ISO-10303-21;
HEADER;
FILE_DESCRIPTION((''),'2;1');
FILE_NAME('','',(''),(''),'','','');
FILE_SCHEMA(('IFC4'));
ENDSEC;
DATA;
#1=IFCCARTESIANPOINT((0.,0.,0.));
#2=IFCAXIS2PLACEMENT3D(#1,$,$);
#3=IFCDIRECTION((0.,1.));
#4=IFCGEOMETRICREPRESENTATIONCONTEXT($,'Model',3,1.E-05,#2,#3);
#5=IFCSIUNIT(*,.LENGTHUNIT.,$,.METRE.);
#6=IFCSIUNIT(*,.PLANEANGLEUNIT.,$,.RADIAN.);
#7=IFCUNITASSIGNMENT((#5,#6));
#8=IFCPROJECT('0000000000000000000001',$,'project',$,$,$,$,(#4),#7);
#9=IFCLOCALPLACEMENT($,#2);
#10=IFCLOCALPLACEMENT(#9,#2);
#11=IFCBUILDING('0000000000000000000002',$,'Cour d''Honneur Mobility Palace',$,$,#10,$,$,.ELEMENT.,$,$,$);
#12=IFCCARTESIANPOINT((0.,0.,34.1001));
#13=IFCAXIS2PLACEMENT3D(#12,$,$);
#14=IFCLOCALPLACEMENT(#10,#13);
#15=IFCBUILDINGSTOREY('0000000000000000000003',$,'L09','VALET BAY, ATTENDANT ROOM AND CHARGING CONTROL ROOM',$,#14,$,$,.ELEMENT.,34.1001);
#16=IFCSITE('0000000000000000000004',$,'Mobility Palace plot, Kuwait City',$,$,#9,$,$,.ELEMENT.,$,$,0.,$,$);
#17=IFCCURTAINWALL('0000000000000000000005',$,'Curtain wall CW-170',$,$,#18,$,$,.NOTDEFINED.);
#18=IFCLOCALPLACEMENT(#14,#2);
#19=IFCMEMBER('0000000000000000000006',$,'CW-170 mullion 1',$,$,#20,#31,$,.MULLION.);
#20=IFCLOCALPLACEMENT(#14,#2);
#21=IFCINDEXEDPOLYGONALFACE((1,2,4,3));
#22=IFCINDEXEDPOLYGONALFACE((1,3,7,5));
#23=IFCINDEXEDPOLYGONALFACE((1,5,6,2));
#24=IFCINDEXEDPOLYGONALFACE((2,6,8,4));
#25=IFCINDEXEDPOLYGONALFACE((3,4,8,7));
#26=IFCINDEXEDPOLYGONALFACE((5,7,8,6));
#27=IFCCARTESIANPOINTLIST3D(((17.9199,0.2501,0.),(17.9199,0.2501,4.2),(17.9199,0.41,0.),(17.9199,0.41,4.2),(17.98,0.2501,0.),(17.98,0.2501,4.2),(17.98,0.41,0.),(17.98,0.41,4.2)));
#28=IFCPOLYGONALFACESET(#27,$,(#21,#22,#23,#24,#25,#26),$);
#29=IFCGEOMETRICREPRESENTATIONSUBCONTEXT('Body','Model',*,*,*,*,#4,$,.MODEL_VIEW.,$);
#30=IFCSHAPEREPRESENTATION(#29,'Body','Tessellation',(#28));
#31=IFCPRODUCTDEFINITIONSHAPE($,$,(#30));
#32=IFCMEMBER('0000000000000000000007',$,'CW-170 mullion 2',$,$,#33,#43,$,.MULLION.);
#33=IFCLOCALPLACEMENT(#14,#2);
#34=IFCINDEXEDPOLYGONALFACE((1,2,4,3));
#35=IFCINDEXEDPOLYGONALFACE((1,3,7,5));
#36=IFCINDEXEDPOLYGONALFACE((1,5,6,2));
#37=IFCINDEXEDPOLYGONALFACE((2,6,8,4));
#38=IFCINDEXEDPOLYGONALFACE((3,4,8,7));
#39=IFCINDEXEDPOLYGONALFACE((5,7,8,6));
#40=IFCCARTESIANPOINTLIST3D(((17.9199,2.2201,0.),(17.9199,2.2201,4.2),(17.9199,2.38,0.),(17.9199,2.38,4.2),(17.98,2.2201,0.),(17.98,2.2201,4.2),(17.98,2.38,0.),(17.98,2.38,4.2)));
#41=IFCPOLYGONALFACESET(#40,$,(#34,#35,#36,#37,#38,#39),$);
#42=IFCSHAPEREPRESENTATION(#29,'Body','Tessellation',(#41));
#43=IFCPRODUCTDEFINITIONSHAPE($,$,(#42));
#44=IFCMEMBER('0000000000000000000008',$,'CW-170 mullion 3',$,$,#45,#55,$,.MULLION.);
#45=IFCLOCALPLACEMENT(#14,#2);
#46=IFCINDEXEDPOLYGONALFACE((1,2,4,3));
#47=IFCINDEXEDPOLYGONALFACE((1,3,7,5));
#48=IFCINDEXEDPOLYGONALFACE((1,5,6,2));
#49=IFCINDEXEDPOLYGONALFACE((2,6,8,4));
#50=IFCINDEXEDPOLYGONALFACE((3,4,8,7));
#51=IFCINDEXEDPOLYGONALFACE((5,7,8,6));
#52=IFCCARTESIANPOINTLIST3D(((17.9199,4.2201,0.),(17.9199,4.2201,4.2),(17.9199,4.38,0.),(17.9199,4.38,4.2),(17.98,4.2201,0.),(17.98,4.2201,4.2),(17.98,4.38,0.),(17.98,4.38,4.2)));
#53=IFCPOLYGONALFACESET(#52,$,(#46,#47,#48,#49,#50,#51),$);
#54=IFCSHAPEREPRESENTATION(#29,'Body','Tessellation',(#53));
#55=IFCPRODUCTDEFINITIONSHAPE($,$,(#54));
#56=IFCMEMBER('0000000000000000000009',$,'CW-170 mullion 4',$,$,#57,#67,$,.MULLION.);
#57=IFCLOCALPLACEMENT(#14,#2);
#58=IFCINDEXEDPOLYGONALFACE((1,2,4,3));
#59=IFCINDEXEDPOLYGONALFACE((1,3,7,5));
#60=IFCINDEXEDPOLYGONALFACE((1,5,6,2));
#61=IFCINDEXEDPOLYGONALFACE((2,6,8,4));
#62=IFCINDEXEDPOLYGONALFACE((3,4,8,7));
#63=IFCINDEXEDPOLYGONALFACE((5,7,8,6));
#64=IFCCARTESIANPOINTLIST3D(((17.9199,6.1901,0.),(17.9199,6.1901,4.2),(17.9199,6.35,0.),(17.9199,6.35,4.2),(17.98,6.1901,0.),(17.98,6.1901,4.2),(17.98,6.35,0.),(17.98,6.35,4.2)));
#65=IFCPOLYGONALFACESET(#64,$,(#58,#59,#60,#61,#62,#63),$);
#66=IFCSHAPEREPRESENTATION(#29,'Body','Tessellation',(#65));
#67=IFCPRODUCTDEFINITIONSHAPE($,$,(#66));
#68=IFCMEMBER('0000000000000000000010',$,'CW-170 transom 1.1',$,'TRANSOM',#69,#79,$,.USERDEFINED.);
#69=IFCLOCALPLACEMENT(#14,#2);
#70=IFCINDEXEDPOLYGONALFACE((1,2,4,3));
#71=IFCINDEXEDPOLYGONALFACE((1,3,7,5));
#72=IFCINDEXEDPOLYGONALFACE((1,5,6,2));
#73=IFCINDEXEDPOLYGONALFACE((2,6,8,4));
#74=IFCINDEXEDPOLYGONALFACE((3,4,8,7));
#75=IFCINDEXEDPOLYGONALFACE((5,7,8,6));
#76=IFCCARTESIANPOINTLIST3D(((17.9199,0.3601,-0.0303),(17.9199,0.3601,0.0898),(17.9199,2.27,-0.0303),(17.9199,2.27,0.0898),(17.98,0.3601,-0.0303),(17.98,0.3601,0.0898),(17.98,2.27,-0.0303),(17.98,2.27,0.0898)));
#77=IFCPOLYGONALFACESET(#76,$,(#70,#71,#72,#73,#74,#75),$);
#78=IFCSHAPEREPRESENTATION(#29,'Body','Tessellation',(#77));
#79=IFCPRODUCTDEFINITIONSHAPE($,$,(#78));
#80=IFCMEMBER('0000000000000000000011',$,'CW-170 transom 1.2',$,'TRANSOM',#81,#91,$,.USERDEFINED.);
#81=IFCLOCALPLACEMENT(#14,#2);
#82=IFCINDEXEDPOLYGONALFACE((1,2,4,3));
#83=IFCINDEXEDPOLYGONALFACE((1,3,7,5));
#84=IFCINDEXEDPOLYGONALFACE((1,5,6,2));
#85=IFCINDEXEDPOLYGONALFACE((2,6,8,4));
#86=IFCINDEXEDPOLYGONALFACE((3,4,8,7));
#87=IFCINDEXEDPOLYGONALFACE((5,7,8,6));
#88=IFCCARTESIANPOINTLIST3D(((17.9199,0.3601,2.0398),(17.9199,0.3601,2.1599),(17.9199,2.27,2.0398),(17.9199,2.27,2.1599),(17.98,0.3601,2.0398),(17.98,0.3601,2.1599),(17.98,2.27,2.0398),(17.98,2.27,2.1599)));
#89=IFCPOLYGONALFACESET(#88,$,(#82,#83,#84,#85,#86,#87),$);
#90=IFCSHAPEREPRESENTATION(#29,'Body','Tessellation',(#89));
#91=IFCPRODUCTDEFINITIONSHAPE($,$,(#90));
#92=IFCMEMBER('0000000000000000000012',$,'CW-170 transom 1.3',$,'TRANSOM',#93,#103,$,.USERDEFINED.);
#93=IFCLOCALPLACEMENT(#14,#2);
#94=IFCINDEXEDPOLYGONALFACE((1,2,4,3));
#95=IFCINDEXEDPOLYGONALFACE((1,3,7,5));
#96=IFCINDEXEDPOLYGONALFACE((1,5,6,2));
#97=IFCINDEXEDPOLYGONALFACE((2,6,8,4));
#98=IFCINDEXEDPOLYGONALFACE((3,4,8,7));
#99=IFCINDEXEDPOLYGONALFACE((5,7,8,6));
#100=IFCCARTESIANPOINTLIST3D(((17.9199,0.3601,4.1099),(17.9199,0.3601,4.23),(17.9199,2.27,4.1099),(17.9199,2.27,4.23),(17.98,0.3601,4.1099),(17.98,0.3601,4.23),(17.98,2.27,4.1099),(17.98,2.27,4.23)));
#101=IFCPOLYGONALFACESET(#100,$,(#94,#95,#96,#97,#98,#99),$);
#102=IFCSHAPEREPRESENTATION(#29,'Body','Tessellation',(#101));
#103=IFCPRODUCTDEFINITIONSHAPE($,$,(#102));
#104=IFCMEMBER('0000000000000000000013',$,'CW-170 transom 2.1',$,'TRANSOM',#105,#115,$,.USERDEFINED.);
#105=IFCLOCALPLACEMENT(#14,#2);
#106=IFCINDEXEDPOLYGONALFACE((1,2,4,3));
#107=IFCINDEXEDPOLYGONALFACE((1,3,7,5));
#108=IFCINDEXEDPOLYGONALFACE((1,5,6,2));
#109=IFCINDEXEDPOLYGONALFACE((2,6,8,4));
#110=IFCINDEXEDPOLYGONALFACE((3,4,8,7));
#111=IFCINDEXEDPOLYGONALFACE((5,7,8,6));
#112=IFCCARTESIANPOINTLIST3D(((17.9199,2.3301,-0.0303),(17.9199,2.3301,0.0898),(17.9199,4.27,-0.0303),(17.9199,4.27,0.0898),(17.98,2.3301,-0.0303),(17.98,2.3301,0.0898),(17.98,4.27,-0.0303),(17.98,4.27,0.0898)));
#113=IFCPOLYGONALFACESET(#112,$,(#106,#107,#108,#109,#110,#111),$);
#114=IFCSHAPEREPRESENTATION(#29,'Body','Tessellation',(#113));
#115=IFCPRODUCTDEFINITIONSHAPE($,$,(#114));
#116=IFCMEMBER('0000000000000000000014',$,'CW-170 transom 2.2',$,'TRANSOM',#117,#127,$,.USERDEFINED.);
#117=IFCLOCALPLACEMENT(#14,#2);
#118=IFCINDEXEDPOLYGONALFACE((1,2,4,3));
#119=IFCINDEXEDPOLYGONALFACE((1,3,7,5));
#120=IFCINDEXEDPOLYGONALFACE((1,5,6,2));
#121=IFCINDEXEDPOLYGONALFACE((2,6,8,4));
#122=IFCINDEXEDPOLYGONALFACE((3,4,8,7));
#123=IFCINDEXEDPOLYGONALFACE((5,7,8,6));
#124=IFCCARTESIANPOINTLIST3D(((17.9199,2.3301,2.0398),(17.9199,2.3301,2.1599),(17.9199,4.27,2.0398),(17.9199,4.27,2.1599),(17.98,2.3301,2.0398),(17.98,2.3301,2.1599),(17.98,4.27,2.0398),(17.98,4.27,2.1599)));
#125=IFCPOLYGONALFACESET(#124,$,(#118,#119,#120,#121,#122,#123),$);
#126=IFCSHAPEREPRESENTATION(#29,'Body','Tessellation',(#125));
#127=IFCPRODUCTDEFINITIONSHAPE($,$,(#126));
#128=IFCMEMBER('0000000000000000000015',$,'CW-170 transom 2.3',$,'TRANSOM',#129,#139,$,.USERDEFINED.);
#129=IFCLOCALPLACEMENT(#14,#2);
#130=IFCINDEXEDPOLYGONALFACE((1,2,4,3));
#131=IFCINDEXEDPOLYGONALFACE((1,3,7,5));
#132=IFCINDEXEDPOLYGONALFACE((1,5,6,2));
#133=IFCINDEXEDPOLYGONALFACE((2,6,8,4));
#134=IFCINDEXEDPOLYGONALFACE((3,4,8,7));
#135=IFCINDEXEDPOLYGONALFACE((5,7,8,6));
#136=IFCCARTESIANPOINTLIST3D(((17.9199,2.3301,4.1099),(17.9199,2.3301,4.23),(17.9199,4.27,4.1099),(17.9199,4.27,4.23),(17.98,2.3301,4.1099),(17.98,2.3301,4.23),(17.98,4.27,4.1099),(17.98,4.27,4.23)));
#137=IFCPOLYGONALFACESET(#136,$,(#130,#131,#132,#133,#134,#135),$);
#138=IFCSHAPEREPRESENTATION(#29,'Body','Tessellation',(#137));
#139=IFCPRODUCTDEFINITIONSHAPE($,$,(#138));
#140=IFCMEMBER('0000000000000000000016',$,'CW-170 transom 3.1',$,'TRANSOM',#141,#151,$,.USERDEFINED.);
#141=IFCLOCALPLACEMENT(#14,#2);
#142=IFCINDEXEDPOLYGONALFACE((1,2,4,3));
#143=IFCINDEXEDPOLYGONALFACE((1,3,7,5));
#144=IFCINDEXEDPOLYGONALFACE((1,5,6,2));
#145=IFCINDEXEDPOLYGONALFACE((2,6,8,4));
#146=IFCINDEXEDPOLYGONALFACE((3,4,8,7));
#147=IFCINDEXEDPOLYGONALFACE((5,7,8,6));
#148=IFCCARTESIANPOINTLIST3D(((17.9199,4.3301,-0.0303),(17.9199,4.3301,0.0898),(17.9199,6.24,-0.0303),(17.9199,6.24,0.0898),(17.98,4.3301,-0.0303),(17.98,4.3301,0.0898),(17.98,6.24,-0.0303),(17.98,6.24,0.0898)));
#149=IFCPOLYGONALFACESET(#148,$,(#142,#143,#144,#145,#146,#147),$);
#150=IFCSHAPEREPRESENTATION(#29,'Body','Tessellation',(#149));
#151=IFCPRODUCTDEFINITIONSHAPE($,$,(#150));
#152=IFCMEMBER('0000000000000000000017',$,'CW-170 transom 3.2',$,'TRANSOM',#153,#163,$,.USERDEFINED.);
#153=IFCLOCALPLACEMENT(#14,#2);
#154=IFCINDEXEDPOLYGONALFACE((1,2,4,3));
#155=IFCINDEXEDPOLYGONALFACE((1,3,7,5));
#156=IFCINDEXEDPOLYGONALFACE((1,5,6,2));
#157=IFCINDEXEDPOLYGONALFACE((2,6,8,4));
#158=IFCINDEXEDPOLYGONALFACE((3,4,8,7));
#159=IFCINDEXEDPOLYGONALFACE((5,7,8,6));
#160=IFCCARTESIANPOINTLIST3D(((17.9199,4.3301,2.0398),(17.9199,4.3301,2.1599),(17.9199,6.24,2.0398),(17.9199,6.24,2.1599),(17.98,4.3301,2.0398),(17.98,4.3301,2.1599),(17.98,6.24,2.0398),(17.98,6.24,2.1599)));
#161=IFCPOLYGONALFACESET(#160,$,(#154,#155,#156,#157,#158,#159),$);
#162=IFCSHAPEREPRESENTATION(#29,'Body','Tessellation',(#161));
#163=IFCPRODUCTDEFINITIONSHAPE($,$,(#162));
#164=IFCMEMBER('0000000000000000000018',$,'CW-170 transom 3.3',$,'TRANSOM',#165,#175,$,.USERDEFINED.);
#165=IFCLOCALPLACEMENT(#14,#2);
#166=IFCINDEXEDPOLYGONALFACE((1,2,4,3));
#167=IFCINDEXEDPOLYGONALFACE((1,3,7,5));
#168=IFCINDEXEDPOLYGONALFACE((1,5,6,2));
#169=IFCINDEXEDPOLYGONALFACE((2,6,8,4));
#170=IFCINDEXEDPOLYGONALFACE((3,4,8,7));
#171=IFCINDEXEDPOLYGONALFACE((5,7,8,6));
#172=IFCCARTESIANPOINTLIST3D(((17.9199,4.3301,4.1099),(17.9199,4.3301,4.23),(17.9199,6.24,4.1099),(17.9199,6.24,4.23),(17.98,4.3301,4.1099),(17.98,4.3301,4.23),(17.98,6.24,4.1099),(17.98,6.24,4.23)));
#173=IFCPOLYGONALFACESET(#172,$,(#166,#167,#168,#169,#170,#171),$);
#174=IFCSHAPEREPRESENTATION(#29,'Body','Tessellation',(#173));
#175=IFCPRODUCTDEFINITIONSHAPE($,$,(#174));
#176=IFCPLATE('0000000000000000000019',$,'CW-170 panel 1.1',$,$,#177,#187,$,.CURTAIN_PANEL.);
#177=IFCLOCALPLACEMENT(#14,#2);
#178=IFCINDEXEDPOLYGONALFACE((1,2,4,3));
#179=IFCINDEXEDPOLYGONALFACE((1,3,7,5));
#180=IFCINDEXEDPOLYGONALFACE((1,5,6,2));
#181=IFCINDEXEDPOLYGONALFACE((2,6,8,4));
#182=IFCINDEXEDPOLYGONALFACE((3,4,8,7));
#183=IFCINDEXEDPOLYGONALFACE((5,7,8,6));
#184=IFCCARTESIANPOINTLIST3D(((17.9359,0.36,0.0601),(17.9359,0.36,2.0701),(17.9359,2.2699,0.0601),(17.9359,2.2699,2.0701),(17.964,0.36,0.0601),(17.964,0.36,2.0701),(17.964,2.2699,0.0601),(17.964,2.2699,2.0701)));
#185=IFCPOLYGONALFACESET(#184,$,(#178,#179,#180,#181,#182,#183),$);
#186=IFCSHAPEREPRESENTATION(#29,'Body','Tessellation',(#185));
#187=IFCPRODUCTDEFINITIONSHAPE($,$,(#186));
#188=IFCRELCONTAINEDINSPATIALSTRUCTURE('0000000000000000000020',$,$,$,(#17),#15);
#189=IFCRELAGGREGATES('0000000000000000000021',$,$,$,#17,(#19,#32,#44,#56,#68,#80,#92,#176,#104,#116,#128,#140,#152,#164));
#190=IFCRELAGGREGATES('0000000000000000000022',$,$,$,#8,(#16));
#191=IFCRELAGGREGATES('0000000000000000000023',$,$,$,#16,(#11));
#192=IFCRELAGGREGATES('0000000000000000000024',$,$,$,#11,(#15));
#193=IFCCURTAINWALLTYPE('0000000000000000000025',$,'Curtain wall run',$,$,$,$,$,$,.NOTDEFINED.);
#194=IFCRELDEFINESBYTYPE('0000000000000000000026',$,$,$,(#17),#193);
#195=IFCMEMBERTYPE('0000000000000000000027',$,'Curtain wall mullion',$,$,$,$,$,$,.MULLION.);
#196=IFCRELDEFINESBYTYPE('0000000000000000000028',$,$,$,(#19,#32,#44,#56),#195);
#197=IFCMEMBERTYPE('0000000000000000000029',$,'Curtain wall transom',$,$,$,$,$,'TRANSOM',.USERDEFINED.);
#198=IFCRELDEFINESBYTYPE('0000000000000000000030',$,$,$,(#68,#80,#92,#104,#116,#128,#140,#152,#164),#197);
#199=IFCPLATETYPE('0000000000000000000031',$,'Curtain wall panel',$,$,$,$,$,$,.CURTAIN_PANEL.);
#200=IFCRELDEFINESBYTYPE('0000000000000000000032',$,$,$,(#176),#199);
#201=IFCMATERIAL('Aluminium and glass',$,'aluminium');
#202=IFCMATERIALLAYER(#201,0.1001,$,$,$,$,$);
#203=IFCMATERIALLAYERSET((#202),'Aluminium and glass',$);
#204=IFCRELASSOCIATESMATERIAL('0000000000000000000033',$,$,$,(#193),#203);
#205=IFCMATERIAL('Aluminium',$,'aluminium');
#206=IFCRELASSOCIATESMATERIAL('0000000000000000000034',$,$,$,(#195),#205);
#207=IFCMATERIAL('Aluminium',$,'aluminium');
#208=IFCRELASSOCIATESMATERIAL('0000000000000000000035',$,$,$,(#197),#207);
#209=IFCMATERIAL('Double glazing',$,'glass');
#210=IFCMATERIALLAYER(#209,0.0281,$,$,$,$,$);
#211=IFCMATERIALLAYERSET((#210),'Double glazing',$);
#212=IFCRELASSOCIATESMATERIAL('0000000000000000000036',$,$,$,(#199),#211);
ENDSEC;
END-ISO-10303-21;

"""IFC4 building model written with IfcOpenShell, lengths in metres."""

from ifc_helpers import new_model, si_unit, direction, frame, origin, origin_2d, place, context, subcontext, project, spatial, rectangle, extrude, material, layer, layer_set, material_profile, profile_set, type_object, element, aggregate, save


model = new_model("IFC4")

# Units and contexts
model_context = context("Model", 3, precision=1e-05, world=origin(), true_north=direction((0.0, 1.0)))
body_context = subcontext(model_context, "Body", "Model", "MODEL_VIEW")
ifc_project = project(units=[si_unit("LENGTHUNIT", "METRE"), si_unit("PLANEANGLEUNIT", "RADIAN")], contexts=[model_context])

# Site, building, storey
site_placement = place(None, origin())
site = spatial("IfcSite", under=ifc_project, at=site_placement, Name="Mobility Palace plot, Kuwait City", CompositionType="ELEMENT", RefElevation=0.0)
building_placement = place(site_placement, origin())
building = spatial("IfcBuilding", under=site, at=building_placement, Name="Cour d'Honneur Mobility Palace", CompositionType="ELEMENT")
storey_placement = place(building_placement, frame((0.0, 0.0, 34.1001)))
storey = spatial("IfcBuildingStorey", under=building, at=storey_placement, Name="L09", Description="VALET BAY, ATTENDANT ROOM AND CHARGING CONTROL ROOM", CompositionType="ELEMENT", Elevation=34.1001)

# Curtain wall, members, plate
ifc_material_1 = material(Name="Aluminium and glass", Category="aluminium")
ifc_layer_1 = layer(ifc_material_1, 0.1001)
ifc_layer_set_1 = layer_set([ifc_layer_1], Name="Aluminium and glass")
curtain_wall_type = type_object("IfcCurtainWallType", Name="Curtain wall run", PredefinedType="NOTDEFINED", material=ifc_layer_set_1)
curtain_wall_placement = place(storey_placement, origin())
curtain_wall = element("IfcCurtainWall", 1, at=curtain_wall_placement, inside=storey, type_object=curtain_wall_type, Name="Curtain wall CW-170", PredefinedType="NOTDEFINED")
ifc_material_2 = material(Name="Aluminium", Category="aluminium")
ifc_material_profile_1 = material_profile(ifc_material_2, rectangle(XDim=0.0601, YDim=0.1599, at=origin_2d()), Name="Curtain wall mullion")
ifc_profile_set_1 = profile_set([ifc_material_profile_1], Name="Aluminium")
member_type_1 = type_object("IfcMemberType", Name="Curtain wall mullion", PredefinedType="MULLION", material=ifc_profile_set_1)
member_1_placement = place(storey_placement, frame((17.95, 0.3301, 0.0), z_axis=(0.0, 0.0, 1.0), x_axis=(-1.0, 0.0, 0.0)))
member_1 = element("IfcMember", 2, at=member_1_placement, type_object=member_type_1, Name="CW-170 mullion 1", PredefinedType="MULLION", context=body_context, shape_type="SweptSolid", body=[
    extrude(rectangle(XDim=0.0601, YDim=0.1599, at=origin_2d()), origin(), (0.0, 0.0, 1.0), 4.2),
])
member_2_placement = place(storey_placement, frame((17.95, 2.3, 0.0), z_axis=(0.0, 0.0, 1.0), x_axis=(-1.0, 0.0, 0.0)))
member_2 = element("IfcMember", 3, at=member_2_placement, type_object=member_type_1, Name="CW-170 mullion 2", PredefinedType="MULLION", context=body_context, shape_type="SweptSolid", body=[
    extrude(rectangle(XDim=0.0601, YDim=0.1599, at=origin_2d()), origin(), (0.0, 0.0, 1.0), 4.2),
])
member_3_placement = place(storey_placement, frame((17.95, 4.3, 0.0), z_axis=(0.0, 0.0, 1.0), x_axis=(-1.0, 0.0, 0.0)))
member_3 = element("IfcMember", 4, at=member_3_placement, type_object=member_type_1, Name="CW-170 mullion 3", PredefinedType="MULLION", context=body_context, shape_type="SweptSolid", body=[
    extrude(rectangle(XDim=0.0601, YDim=0.1599, at=origin_2d()), origin(), (0.0, 0.0, 1.0), 4.2),
])
member_4_placement = place(storey_placement, frame((17.95, 6.27, 0.0), z_axis=(0.0, 0.0, 1.0), x_axis=(-1.0, 0.0, 0.0)))
member_4 = element("IfcMember", 5, at=member_4_placement, type_object=member_type_1, Name="CW-170 mullion 4", PredefinedType="MULLION", context=body_context, shape_type="SweptSolid", body=[
    extrude(rectangle(XDim=0.0601, YDim=0.1599, at=origin_2d()), origin(), (0.0, 0.0, 1.0), 4.2),
])
ifc_material_3 = material(Name="Aluminium", Category="aluminium")
ifc_material_profile_2 = material_profile(ifc_material_3, rectangle(XDim=0.0601, YDim=0.1201, at=origin_2d()), Name="Curtain wall transom")
ifc_profile_set_2 = profile_set([ifc_material_profile_2], Name="Aluminium")
member_type_2 = type_object("IfcMemberType", Name="Curtain wall transom", ElementType="TRANSOM", PredefinedType="USERDEFINED", material=ifc_profile_set_2)
member_5_placement = place(storey_placement, frame((17.95, 0.3601, 0.0298), z_axis=(0.0, 1.0, 0.0), x_axis=(-1.0, 0.0, 0.0)))
member_5 = element("IfcMember", 6, at=member_5_placement, type_object=member_type_2, Name="CW-170 transom 1.1", ObjectType="TRANSOM", PredefinedType="USERDEFINED", context=body_context, shape_type="SweptSolid", body=[
    extrude(rectangle(XDim=0.0601, YDim=0.1201, at=origin_2d()), origin(), (0.0, 0.0, 1.0), 1.9099),
])
member_6_placement = place(storey_placement, frame((17.95, 0.3601, 2.0999), z_axis=(0.0, 1.0, 0.0), x_axis=(-1.0, 0.0, 0.0)))
member_6 = element("IfcMember", 7, at=member_6_placement, type_object=member_type_2, Name="CW-170 transom 1.2", ObjectType="TRANSOM", PredefinedType="USERDEFINED", context=body_context, shape_type="SweptSolid", body=[
    extrude(rectangle(XDim=0.0601, YDim=0.1201, at=origin_2d()), origin(), (0.0, 0.0, 1.0), 1.9099),
])
member_7_placement = place(storey_placement, frame((17.95, 0.3601, 4.1699), z_axis=(0.0, 1.0, 0.0), x_axis=(-1.0, 0.0, 0.0)))
member_7 = element("IfcMember", 8, at=member_7_placement, type_object=member_type_2, Name="CW-170 transom 1.3", ObjectType="TRANSOM", PredefinedType="USERDEFINED", context=body_context, shape_type="SweptSolid", body=[
    extrude(rectangle(XDim=0.0601, YDim=0.1201, at=origin_2d()), origin(), (0.0, 0.0, 1.0), 1.9099),
])
member_8_placement = place(storey_placement, frame((17.95, 2.3301, 0.0298), z_axis=(0.0, 1.0, 0.0), x_axis=(-1.0, 0.0, 0.0)))
member_8 = element("IfcMember", 9, at=member_8_placement, type_object=member_type_2, Name="CW-170 transom 2.1", ObjectType="TRANSOM", PredefinedType="USERDEFINED", context=body_context, shape_type="SweptSolid", body=[
    extrude(rectangle(XDim=0.0601, YDim=0.1201, at=origin_2d()), origin(), (0.0, 0.0, 1.0), 1.9399),
])
member_9_placement = place(storey_placement, frame((17.95, 2.3301, 2.0999), z_axis=(0.0, 1.0, 0.0), x_axis=(-1.0, 0.0, 0.0)))
member_9 = element("IfcMember", 10, at=member_9_placement, type_object=member_type_2, Name="CW-170 transom 2.2", ObjectType="TRANSOM", PredefinedType="USERDEFINED", context=body_context, shape_type="SweptSolid", body=[
    extrude(rectangle(XDim=0.0601, YDim=0.1201, at=origin_2d()), origin(), (0.0, 0.0, 1.0), 1.9399),
])
member_10_placement = place(storey_placement, frame((17.95, 2.3301, 4.1699), z_axis=(0.0, 1.0, 0.0), x_axis=(-1.0, 0.0, 0.0)))
member_10 = element("IfcMember", 11, at=member_10_placement, type_object=member_type_2, Name="CW-170 transom 2.3", ObjectType="TRANSOM", PredefinedType="USERDEFINED", context=body_context, shape_type="SweptSolid", body=[
    extrude(rectangle(XDim=0.0601, YDim=0.1201, at=origin_2d()), origin(), (0.0, 0.0, 1.0), 1.9399),
])
member_11_placement = place(storey_placement, frame((17.95, 4.3301, 0.0298), z_axis=(0.0, 1.0, 0.0), x_axis=(-1.0, 0.0, 0.0)))
member_11 = element("IfcMember", 12, at=member_11_placement, type_object=member_type_2, Name="CW-170 transom 3.1", ObjectType="TRANSOM", PredefinedType="USERDEFINED", context=body_context, shape_type="SweptSolid", body=[
    extrude(rectangle(XDim=0.0601, YDim=0.1201, at=origin_2d()), origin(), (0.0, 0.0, 1.0), 1.9099),
])
member_12_placement = place(storey_placement, frame((17.95, 4.3301, 2.0999), z_axis=(0.0, 1.0, 0.0), x_axis=(-1.0, 0.0, 0.0)))
member_12 = element("IfcMember", 13, at=member_12_placement, type_object=member_type_2, Name="CW-170 transom 3.2", ObjectType="TRANSOM", PredefinedType="USERDEFINED", context=body_context, shape_type="SweptSolid", body=[
    extrude(rectangle(XDim=0.0601, YDim=0.1201, at=origin_2d()), origin(), (0.0, 0.0, 1.0), 1.9099),
])
member_13_placement = place(storey_placement, frame((17.95, 4.3301, 4.1699), z_axis=(0.0, 1.0, 0.0), x_axis=(-1.0, 0.0, 0.0)))
member_13 = element("IfcMember", 14, at=member_13_placement, type_object=member_type_2, Name="CW-170 transom 3.3", ObjectType="TRANSOM", PredefinedType="USERDEFINED", context=body_context, shape_type="SweptSolid", body=[
    extrude(rectangle(XDim=0.0601, YDim=0.1201, at=origin_2d()), origin(), (0.0, 0.0, 1.0), 1.9099),
])
ifc_material_4 = material(Name="Double glazing", Category="glass")
ifc_layer_2 = layer(ifc_material_4, 0.0281)
ifc_layer_set_2 = layer_set([ifc_layer_2], Name="Double glazing")
plate_type = type_object("IfcPlateType", Name="Curtain wall panel", PredefinedType="CURTAIN_PANEL", material=ifc_layer_set_2)
plate_1_placement = place(storey_placement, frame((17.95, 1.3149, 0.0601), z_axis=(0.0, 0.0, 1.0), x_axis=(0.0, 1.0, 0.0)))
plate_1 = element("IfcPlate", 15, at=plate_1_placement, type_object=plate_type, Name="CW-170 panel 1.1", PredefinedType="CURTAIN_PANEL", context=body_context, shape_type="SweptSolid", body=[
    extrude(rectangle(XDim=1.9099, YDim=0.0281, at=origin_2d()), origin(), (0.0, 0.0, 1.0), 2.01),
])
aggregate(curtain_wall, [member_1, member_2, member_3, member_4, member_5, member_6, member_7, plate_1, member_8, member_9, member_10, member_11, member_12, member_13])

save(model, "model.ifc")
